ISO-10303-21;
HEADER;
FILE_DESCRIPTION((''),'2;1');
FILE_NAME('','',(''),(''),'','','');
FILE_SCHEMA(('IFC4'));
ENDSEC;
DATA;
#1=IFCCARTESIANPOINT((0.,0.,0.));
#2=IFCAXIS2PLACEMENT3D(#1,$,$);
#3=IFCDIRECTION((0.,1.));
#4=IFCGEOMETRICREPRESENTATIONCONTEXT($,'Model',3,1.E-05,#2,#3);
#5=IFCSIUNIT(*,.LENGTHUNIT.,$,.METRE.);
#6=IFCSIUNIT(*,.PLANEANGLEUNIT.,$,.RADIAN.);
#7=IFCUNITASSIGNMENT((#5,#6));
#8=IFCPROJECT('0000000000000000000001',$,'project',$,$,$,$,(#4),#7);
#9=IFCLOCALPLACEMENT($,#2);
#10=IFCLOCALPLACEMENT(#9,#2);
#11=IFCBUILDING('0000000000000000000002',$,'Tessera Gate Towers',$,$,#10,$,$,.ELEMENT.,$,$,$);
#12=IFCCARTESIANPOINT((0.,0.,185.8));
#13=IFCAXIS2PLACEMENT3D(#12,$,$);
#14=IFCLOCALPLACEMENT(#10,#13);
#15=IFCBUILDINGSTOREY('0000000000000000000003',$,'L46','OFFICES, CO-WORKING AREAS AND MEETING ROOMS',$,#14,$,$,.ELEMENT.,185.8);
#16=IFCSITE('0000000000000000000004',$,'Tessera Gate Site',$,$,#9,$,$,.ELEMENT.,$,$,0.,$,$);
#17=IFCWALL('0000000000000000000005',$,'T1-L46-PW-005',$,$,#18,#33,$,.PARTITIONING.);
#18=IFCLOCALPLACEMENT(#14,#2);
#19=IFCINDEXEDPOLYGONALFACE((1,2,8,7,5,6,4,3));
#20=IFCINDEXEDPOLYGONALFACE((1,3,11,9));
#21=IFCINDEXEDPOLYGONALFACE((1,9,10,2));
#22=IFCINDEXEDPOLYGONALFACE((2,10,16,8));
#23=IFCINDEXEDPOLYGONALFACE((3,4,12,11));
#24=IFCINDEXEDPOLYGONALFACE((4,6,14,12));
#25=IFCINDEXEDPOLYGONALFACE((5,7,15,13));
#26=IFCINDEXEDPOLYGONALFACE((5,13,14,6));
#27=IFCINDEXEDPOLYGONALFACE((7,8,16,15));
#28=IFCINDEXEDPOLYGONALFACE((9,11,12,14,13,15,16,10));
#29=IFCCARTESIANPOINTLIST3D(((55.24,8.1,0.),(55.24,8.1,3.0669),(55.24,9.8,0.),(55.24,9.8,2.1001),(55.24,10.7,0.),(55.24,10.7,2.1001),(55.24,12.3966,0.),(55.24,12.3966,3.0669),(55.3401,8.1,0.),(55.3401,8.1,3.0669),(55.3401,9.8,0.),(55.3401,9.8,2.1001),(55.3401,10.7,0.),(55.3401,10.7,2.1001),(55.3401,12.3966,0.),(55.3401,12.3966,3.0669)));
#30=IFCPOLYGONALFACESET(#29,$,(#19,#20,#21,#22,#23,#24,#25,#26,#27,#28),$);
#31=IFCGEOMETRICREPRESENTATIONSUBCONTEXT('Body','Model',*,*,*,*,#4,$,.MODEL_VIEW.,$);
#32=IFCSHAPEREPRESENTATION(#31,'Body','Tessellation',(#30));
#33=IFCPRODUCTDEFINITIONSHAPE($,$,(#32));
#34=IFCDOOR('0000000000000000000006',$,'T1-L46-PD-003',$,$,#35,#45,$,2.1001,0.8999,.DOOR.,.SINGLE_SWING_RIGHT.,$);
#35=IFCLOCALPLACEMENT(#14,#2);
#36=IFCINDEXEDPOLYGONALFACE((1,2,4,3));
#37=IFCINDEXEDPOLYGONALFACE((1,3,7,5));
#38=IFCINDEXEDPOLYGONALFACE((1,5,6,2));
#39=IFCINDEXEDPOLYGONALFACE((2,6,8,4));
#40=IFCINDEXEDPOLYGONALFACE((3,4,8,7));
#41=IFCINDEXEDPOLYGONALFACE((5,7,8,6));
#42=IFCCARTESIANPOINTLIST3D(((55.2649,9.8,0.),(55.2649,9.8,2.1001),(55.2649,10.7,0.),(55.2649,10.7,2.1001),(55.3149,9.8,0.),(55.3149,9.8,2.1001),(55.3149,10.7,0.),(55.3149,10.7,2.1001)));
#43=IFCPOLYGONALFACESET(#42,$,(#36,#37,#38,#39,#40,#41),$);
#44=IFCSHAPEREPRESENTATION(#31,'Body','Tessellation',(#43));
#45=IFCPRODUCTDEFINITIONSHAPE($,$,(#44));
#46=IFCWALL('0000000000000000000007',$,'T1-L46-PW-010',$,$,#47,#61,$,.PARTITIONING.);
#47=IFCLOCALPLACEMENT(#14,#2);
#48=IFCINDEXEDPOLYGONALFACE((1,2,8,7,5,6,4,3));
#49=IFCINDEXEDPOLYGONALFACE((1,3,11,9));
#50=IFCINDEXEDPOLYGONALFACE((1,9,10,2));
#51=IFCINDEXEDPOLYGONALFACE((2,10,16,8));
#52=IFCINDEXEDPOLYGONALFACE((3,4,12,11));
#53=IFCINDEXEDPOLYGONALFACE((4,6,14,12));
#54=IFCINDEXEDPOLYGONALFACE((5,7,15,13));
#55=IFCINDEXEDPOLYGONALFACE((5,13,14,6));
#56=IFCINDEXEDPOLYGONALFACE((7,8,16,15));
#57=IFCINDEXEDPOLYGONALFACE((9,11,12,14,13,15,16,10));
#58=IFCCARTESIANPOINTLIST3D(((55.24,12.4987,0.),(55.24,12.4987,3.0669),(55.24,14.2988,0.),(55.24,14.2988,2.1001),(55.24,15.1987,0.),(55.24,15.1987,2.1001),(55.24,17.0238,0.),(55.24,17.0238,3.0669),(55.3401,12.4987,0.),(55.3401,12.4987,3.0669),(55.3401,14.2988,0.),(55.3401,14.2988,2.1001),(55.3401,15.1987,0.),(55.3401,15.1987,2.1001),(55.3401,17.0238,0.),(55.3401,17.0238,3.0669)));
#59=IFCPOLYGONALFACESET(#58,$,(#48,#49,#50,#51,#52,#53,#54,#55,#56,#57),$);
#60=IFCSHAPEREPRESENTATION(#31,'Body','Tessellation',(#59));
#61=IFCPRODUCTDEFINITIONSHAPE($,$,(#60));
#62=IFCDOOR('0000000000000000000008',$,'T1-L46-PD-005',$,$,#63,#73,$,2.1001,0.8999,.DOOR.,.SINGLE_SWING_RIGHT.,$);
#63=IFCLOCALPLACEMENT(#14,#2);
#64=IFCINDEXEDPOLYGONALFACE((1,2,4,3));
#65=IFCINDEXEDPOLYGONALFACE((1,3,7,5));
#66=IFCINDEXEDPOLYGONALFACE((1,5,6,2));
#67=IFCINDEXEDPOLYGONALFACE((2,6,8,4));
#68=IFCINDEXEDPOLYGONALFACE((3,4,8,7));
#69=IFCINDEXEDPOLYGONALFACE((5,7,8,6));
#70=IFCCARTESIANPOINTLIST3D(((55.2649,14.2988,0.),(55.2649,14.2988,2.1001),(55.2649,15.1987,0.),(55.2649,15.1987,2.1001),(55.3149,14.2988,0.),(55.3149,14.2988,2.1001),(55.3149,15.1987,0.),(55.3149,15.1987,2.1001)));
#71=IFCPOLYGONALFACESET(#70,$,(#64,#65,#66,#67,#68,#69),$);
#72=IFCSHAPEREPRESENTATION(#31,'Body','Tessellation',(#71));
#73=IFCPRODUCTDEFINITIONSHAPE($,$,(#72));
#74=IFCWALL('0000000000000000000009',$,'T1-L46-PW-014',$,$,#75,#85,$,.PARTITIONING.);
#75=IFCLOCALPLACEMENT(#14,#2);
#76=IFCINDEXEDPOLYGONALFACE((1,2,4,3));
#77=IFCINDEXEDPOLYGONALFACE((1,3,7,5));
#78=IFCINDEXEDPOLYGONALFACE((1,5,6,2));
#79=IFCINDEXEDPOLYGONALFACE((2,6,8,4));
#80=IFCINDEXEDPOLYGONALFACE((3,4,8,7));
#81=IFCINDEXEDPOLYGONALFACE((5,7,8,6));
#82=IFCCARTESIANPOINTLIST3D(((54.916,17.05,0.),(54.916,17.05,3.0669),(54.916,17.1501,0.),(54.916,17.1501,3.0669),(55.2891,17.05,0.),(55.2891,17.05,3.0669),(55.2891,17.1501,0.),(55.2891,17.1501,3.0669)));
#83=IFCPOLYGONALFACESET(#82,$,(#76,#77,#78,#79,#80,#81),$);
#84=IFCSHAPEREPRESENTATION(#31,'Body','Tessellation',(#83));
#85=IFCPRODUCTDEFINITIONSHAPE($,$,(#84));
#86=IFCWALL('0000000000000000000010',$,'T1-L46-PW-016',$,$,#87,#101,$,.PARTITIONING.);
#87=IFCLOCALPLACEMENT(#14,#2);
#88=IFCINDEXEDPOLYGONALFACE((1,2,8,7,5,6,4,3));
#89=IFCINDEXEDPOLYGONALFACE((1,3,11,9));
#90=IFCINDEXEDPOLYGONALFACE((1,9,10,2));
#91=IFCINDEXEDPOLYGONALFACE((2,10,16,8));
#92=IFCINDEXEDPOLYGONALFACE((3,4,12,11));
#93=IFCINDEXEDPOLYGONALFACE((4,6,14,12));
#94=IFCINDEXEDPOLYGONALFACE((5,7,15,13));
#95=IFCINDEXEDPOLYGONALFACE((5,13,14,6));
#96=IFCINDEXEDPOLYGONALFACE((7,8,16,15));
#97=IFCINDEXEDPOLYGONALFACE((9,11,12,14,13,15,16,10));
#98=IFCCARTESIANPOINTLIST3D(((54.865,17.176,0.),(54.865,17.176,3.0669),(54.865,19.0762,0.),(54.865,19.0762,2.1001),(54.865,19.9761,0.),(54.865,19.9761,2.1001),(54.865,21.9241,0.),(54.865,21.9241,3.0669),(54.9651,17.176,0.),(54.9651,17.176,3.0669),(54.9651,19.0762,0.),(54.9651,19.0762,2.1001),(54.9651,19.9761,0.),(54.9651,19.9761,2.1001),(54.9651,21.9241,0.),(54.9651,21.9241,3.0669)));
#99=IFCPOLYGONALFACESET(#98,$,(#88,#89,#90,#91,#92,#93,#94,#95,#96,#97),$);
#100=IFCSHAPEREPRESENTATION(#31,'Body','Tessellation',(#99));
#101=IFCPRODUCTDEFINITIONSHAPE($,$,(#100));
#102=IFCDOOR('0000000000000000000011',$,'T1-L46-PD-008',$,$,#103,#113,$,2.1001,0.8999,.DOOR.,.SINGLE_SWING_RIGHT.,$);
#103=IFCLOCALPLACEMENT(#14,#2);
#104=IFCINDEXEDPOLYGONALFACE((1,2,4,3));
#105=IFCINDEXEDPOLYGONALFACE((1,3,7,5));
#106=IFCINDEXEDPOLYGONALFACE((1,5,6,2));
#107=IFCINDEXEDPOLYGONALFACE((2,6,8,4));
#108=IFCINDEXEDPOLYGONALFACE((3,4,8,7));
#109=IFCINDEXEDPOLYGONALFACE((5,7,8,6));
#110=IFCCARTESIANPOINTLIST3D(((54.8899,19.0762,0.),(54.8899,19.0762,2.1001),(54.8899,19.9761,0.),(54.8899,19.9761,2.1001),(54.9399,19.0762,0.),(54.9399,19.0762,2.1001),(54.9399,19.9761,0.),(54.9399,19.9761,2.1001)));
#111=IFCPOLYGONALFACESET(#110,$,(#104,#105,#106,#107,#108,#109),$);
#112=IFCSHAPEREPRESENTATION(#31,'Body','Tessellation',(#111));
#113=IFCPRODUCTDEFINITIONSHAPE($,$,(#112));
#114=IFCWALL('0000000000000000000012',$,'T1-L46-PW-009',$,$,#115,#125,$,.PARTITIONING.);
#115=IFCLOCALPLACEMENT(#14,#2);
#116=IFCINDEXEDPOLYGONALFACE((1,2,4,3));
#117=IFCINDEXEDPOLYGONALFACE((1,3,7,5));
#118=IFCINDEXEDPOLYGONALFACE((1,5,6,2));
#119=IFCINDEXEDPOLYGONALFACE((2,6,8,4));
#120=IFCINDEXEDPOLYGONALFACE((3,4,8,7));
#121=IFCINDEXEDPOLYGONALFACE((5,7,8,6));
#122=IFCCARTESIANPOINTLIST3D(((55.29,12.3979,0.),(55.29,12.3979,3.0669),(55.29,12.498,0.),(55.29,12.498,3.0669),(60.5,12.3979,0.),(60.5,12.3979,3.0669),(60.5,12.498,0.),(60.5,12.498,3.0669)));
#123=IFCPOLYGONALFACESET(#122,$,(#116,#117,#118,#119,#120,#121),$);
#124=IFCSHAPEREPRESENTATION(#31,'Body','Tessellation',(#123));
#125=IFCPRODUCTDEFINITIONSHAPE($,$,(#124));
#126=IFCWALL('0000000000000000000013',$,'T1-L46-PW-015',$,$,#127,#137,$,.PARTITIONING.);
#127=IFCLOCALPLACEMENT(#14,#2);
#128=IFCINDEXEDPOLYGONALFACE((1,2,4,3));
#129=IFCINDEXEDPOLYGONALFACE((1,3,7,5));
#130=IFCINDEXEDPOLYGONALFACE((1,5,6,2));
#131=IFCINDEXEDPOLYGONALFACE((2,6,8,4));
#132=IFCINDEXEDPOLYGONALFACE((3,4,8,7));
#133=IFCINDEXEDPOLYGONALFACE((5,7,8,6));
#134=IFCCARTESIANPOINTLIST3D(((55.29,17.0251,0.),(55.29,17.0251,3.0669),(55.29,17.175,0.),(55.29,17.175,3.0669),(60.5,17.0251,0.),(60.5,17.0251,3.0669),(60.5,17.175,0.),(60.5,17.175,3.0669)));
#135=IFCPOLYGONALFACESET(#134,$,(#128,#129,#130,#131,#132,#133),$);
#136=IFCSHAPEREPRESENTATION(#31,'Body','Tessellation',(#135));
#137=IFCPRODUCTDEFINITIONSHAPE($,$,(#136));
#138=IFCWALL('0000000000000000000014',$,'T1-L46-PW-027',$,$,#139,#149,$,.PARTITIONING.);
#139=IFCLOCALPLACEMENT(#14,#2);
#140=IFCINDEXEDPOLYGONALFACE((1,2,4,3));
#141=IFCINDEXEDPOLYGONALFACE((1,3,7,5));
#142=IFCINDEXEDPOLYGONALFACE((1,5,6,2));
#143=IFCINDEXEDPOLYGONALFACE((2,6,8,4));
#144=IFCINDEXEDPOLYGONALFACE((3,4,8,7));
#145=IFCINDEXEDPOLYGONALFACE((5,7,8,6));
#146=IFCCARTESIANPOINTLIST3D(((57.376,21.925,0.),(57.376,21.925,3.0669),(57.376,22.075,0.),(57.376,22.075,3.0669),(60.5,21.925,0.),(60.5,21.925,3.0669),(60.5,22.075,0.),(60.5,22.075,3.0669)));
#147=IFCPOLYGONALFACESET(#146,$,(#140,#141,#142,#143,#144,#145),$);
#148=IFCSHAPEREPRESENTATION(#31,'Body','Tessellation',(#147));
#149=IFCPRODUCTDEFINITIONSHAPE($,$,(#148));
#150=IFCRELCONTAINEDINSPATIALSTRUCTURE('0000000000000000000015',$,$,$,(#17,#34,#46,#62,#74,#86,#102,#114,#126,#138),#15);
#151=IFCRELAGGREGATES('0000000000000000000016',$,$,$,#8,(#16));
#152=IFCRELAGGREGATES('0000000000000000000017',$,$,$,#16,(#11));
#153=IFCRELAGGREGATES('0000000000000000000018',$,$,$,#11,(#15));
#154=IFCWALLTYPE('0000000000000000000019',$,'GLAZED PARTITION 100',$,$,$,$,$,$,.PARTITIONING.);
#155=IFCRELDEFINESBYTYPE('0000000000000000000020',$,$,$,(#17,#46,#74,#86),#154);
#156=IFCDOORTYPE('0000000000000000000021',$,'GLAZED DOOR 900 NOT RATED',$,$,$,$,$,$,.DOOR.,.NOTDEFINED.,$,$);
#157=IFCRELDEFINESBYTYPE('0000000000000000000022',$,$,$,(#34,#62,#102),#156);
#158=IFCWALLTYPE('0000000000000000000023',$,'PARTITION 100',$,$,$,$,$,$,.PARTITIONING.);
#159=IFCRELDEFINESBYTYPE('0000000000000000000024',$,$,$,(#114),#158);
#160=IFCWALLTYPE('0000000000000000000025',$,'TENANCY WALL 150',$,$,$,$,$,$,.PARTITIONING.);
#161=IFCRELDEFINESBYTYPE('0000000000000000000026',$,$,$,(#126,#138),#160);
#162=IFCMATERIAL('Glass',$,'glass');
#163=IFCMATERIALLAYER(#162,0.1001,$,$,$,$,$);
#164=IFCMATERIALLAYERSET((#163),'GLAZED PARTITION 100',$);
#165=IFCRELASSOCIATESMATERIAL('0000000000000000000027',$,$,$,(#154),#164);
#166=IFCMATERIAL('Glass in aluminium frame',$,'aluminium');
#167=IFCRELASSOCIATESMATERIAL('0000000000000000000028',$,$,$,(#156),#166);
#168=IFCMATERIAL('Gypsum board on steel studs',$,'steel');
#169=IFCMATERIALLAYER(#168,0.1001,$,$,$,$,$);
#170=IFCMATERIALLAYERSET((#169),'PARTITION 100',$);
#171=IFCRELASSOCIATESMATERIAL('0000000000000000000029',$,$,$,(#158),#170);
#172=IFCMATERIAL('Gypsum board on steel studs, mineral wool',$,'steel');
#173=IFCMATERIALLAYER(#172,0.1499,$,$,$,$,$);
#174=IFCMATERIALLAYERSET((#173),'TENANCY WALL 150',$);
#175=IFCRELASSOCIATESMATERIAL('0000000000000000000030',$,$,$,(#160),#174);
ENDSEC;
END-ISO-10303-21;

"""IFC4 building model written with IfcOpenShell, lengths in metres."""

from ifc_helpers import new_model, si_unit, direction, frame, frame_2d, origin, place, context, subcontext, project, spatial, rectangle, extrude, source, transform, mapped, material, layer, layer_set, type_object, element, fill, save


model = new_model("IFC4")

# Units and contexts
model_context = context("Model", 3, precision=1e-05, world=origin(), true_north=direction((0.0, 1.0)))
body_context = subcontext(model_context, "Body", "Model", "MODEL_VIEW")
ifc_project = project(units=[si_unit("LENGTHUNIT", "METRE"), si_unit("PLANEANGLEUNIT", "RADIAN")], contexts=[model_context])

# Site, building, storey
site_placement = place(None, origin())
site = spatial("IfcSite", under=ifc_project, at=site_placement, Name="Tessera Gate Site", CompositionType="ELEMENT", RefElevation=0.0)
building_placement = place(site_placement, origin())
building = spatial("IfcBuilding", under=site, at=building_placement, Name="Tessera Gate Towers", CompositionType="ELEMENT")
storey_placement = place(building_placement, frame((0.0, 0.0, 185.8)))
storey = spatial("IfcBuildingStorey", under=building, at=storey_placement, Name="L46", Description="OFFICES, CO-WORKING AREAS AND MEETING ROOMS", CompositionType="ELEMENT", Elevation=185.8)

# Walls, openings, doors
ifc_material_1 = material(Name="Glass", Category="glass")
ifc_layer_1 = layer(ifc_material_1, 0.1001)
ifc_layer_set_1 = layer_set([ifc_layer_1], Name="GLAZED PARTITION 100")
wall_type_1 = type_object("IfcWallType", Name="GLAZED PARTITION 100", PredefinedType="PARTITIONING", material=ifc_layer_set_1)
wall_1_placement = place(storey_placement, frame((55.29, 12.3967, 0.0), z_axis=(0.0, 0.0, 1.0), x_axis=(0.0, -1.0, 0.0)))
wall_1 = element("IfcWall", 1, at=wall_1_placement, inside=storey, type_object=wall_type_1, Name="T1-L46-PW-005", PredefinedType="PARTITIONING", context=body_context, shape_type="SweptSolid", body=[
    extrude(rectangle(XDim=4.2966, YDim=0.1001, at=frame_2d((2.1484, 0.0))), origin(), (0.0, 0.0, 1.0), 3.0669),
])
shared_shape_1 = source(origin(), body_context, "Body", "SweptSolid", [
    extrude(rectangle(XDim=0.8999, YDim=2.1001, at=frame_2d((0.45, 1.05))), frame((0.0, 0.0601, 0.0), z_axis=(0.0, -1.0, 0.0), x_axis=(1.0, 0.0, 0.0)), (0.0, 0.0, 1.0), 0.1201),
])
opening_1_placement = place(wall_1_placement, frame((1.6968, 0.0, 0.0)))
opening_1 = element("IfcOpeningElement", 2, at=opening_1_placement, cuts=wall_1, PredefinedType="OPENING", context=body_context, shape_type="MappedRepresentation", body=[
    mapped(shared_shape_1, transform((0.0, 0.0, 0.0), scale=1.0)),
])
ifc_material_2 = material(Name="Glass in aluminium frame", Category="aluminium")
door_type_1 = type_object("IfcDoorType", Name="GLAZED DOOR 900 NOT RATED", OperationType="NOTDEFINED", PredefinedType="DOOR", material=ifc_material_2)
shared_shape_2 = source(origin(), body_context, "Body", "SweptSolid", [
    extrude(rectangle(XDim=0.8999, YDim=2.1001, at=frame_2d((0.45, 1.05))), frame((0.0, 0.0249, 0.0), z_axis=(0.0, -1.0, 0.0), x_axis=(1.0, 0.0, 0.0)), (0.0, 0.0, 1.0), 0.05),
])
door_1_placement = place(opening_1_placement, origin())
door_1 = element("IfcDoor", 3, at=door_1_placement, inside=storey, type_object=door_type_1, Name="T1-L46-PD-003", OperationType="SINGLE_SWING_RIGHT", OverallHeight=2.1001, OverallWidth=0.8999, PredefinedType="DOOR", context=body_context, shape_type="MappedRepresentation", body=[
    mapped(shared_shape_2, transform((0.0, 0.0, 0.0), scale=1.0)),
])
fill(opening_1, door_1)
wall_2_placement = place(storey_placement, frame((55.29, 17.0239, 0.0), z_axis=(0.0, 0.0, 1.0), x_axis=(0.0, -1.0, 0.0)))
wall_2 = element("IfcWall", 4, at=wall_2_placement, inside=storey, type_object=wall_type_1, Name="T1-L46-PW-010", PredefinedType="PARTITIONING", context=body_context, shape_type="SweptSolid", body=[
    extrude(rectangle(XDim=4.5251, YDim=0.1001, at=frame_2d((2.2627, 0.0))), origin(), (0.0, 0.0, 1.0), 3.0669),
])
opening_2_placement = place(wall_2_placement, frame((1.8252, 0.0, 0.0)))
opening_2 = element("IfcOpeningElement", 5, at=opening_2_placement, cuts=wall_2, PredefinedType="OPENING", context=body_context, shape_type="MappedRepresentation", body=[
    mapped(shared_shape_1, transform((0.0, 0.0, 0.0), scale=1.0)),
])
door_2_placement = place(opening_2_placement, origin())
door_2 = element("IfcDoor", 6, at=door_2_placement, inside=storey, type_object=door_type_1, Name="T1-L46-PD-005", OperationType="SINGLE_SWING_RIGHT", OverallHeight=2.1001, OverallWidth=0.8999, PredefinedType="DOOR", context=body_context, shape_type="MappedRepresentation", body=[
    mapped(shared_shape_2, transform((0.0, 0.0, 0.0), scale=1.0)),
])
fill(opening_2, door_2)

# Wall
wall_3_placement = place(storey_placement, frame((54.916, 17.1001, 0.0), z_axis=(0.0, 0.0, 1.0), x_axis=(1.0, 0.0, 0.0)))
element("IfcWall", 7, at=wall_3_placement, inside=storey, type_object=wall_type_1, Name="T1-L46-PW-014", PredefinedType="PARTITIONING", context=body_context, shape_type="SweptSolid", body=[
    extrude(rectangle(XDim=0.373, YDim=0.1001, at=frame_2d((0.1865, 0.0))), origin(), (0.0, 0.0, 1.0), 3.0669),
])

# Wall, opening, door
wall_4_placement = place(storey_placement, frame((54.915, 21.9241, 0.0), z_axis=(0.0, 0.0, 1.0), x_axis=(0.0, -1.0, 0.0)))
wall_4 = element("IfcWall", 8, at=wall_4_placement, inside=storey, type_object=wall_type_1, Name="T1-L46-PW-016", PredefinedType="PARTITIONING", context=body_context, shape_type="SweptSolid", body=[
    extrude(rectangle(XDim=4.748, YDim=0.1001, at=frame_2d((2.374, 0.0))), origin(), (0.0, 0.0, 1.0), 3.0669),
])
opening_3_placement = place(wall_4_placement, frame((1.948, 0.0, 0.0)))
opening_3 = element("IfcOpeningElement", 9, at=opening_3_placement, cuts=wall_4, PredefinedType="OPENING", context=body_context, shape_type="MappedRepresentation", body=[
    mapped(shared_shape_1, transform((0.0, 0.0, 0.0), scale=1.0)),
])
door_3_placement = place(opening_3_placement, origin())
door_3 = element("IfcDoor", 10, at=door_3_placement, inside=storey, type_object=door_type_1, Name="T1-L46-PD-008", OperationType="SINGLE_SWING_RIGHT", OverallHeight=2.1001, OverallWidth=0.8999, PredefinedType="DOOR", context=body_context, shape_type="MappedRepresentation", body=[
    mapped(shared_shape_2, transform((0.0, 0.0, 0.0), scale=1.0)),
])
fill(opening_3, door_3)

# Walls
ifc_material_3 = material(Name="Gypsum board on steel studs", Category="steel")
ifc_layer_2 = layer(ifc_material_3, 0.1001)
ifc_layer_set_2 = layer_set([ifc_layer_2], Name="PARTITION 100")
wall_type_2 = type_object("IfcWallType", Name="PARTITION 100", PredefinedType="PARTITIONING", material=ifc_layer_set_2)
wall_5_placement = place(storey_placement, frame((55.29, 12.448, 0.0), z_axis=(0.0, 0.0, 1.0), x_axis=(1.0, 0.0, 0.0)))
element("IfcWall", 11, at=wall_5_placement, inside=storey, type_object=wall_type_2, Name="T1-L46-PW-009", PredefinedType="PARTITIONING", context=body_context, shape_type="SweptSolid", body=[
    extrude(rectangle(XDim=5.21, YDim=0.1001, at=frame_2d((2.605, 0.0))), origin(), (0.0, 0.0, 1.0), 3.0669),
])
ifc_material_4 = material(Name="Gypsum board on steel studs, mineral wool", Category="steel")
ifc_layer_3 = layer(ifc_material_4, 0.1499)
ifc_layer_set_3 = layer_set([ifc_layer_3], Name="TENANCY WALL 150")
wall_type_3 = type_object("IfcWallType", Name="TENANCY WALL 150", PredefinedType="PARTITIONING", material=ifc_layer_set_3)
wall_6_placement = place(storey_placement, frame((55.29, 17.1001, 0.0), z_axis=(0.0, 0.0, 1.0), x_axis=(1.0, 0.0, 0.0)))
element("IfcWall", 12, at=wall_6_placement, inside=storey, type_object=wall_type_3, Name="T1-L46-PW-015", PredefinedType="PARTITIONING", context=body_context, shape_type="SweptSolid", body=[
    extrude(rectangle(XDim=5.21, YDim=0.1499, at=frame_2d((2.605, 0.0))), origin(), (0.0, 0.0, 1.0), 3.0669),
])
wall_7_placement = place(storey_placement, frame((57.376, 22.0, 0.0), z_axis=(0.0, 0.0, 1.0), x_axis=(1.0, 0.0, 0.0)))
element("IfcWall", 13, at=wall_7_placement, inside=storey, type_object=wall_type_3, Name="T1-L46-PW-027", PredefinedType="PARTITIONING", context=body_context, shape_type="SweptSolid", body=[
    extrude(rectangle(XDim=3.124, YDim=0.1499, at=frame_2d((1.562, 0.0))), origin(), (0.0, 0.0, 1.0), 3.0669),
])

save(model, "model.ifc")
